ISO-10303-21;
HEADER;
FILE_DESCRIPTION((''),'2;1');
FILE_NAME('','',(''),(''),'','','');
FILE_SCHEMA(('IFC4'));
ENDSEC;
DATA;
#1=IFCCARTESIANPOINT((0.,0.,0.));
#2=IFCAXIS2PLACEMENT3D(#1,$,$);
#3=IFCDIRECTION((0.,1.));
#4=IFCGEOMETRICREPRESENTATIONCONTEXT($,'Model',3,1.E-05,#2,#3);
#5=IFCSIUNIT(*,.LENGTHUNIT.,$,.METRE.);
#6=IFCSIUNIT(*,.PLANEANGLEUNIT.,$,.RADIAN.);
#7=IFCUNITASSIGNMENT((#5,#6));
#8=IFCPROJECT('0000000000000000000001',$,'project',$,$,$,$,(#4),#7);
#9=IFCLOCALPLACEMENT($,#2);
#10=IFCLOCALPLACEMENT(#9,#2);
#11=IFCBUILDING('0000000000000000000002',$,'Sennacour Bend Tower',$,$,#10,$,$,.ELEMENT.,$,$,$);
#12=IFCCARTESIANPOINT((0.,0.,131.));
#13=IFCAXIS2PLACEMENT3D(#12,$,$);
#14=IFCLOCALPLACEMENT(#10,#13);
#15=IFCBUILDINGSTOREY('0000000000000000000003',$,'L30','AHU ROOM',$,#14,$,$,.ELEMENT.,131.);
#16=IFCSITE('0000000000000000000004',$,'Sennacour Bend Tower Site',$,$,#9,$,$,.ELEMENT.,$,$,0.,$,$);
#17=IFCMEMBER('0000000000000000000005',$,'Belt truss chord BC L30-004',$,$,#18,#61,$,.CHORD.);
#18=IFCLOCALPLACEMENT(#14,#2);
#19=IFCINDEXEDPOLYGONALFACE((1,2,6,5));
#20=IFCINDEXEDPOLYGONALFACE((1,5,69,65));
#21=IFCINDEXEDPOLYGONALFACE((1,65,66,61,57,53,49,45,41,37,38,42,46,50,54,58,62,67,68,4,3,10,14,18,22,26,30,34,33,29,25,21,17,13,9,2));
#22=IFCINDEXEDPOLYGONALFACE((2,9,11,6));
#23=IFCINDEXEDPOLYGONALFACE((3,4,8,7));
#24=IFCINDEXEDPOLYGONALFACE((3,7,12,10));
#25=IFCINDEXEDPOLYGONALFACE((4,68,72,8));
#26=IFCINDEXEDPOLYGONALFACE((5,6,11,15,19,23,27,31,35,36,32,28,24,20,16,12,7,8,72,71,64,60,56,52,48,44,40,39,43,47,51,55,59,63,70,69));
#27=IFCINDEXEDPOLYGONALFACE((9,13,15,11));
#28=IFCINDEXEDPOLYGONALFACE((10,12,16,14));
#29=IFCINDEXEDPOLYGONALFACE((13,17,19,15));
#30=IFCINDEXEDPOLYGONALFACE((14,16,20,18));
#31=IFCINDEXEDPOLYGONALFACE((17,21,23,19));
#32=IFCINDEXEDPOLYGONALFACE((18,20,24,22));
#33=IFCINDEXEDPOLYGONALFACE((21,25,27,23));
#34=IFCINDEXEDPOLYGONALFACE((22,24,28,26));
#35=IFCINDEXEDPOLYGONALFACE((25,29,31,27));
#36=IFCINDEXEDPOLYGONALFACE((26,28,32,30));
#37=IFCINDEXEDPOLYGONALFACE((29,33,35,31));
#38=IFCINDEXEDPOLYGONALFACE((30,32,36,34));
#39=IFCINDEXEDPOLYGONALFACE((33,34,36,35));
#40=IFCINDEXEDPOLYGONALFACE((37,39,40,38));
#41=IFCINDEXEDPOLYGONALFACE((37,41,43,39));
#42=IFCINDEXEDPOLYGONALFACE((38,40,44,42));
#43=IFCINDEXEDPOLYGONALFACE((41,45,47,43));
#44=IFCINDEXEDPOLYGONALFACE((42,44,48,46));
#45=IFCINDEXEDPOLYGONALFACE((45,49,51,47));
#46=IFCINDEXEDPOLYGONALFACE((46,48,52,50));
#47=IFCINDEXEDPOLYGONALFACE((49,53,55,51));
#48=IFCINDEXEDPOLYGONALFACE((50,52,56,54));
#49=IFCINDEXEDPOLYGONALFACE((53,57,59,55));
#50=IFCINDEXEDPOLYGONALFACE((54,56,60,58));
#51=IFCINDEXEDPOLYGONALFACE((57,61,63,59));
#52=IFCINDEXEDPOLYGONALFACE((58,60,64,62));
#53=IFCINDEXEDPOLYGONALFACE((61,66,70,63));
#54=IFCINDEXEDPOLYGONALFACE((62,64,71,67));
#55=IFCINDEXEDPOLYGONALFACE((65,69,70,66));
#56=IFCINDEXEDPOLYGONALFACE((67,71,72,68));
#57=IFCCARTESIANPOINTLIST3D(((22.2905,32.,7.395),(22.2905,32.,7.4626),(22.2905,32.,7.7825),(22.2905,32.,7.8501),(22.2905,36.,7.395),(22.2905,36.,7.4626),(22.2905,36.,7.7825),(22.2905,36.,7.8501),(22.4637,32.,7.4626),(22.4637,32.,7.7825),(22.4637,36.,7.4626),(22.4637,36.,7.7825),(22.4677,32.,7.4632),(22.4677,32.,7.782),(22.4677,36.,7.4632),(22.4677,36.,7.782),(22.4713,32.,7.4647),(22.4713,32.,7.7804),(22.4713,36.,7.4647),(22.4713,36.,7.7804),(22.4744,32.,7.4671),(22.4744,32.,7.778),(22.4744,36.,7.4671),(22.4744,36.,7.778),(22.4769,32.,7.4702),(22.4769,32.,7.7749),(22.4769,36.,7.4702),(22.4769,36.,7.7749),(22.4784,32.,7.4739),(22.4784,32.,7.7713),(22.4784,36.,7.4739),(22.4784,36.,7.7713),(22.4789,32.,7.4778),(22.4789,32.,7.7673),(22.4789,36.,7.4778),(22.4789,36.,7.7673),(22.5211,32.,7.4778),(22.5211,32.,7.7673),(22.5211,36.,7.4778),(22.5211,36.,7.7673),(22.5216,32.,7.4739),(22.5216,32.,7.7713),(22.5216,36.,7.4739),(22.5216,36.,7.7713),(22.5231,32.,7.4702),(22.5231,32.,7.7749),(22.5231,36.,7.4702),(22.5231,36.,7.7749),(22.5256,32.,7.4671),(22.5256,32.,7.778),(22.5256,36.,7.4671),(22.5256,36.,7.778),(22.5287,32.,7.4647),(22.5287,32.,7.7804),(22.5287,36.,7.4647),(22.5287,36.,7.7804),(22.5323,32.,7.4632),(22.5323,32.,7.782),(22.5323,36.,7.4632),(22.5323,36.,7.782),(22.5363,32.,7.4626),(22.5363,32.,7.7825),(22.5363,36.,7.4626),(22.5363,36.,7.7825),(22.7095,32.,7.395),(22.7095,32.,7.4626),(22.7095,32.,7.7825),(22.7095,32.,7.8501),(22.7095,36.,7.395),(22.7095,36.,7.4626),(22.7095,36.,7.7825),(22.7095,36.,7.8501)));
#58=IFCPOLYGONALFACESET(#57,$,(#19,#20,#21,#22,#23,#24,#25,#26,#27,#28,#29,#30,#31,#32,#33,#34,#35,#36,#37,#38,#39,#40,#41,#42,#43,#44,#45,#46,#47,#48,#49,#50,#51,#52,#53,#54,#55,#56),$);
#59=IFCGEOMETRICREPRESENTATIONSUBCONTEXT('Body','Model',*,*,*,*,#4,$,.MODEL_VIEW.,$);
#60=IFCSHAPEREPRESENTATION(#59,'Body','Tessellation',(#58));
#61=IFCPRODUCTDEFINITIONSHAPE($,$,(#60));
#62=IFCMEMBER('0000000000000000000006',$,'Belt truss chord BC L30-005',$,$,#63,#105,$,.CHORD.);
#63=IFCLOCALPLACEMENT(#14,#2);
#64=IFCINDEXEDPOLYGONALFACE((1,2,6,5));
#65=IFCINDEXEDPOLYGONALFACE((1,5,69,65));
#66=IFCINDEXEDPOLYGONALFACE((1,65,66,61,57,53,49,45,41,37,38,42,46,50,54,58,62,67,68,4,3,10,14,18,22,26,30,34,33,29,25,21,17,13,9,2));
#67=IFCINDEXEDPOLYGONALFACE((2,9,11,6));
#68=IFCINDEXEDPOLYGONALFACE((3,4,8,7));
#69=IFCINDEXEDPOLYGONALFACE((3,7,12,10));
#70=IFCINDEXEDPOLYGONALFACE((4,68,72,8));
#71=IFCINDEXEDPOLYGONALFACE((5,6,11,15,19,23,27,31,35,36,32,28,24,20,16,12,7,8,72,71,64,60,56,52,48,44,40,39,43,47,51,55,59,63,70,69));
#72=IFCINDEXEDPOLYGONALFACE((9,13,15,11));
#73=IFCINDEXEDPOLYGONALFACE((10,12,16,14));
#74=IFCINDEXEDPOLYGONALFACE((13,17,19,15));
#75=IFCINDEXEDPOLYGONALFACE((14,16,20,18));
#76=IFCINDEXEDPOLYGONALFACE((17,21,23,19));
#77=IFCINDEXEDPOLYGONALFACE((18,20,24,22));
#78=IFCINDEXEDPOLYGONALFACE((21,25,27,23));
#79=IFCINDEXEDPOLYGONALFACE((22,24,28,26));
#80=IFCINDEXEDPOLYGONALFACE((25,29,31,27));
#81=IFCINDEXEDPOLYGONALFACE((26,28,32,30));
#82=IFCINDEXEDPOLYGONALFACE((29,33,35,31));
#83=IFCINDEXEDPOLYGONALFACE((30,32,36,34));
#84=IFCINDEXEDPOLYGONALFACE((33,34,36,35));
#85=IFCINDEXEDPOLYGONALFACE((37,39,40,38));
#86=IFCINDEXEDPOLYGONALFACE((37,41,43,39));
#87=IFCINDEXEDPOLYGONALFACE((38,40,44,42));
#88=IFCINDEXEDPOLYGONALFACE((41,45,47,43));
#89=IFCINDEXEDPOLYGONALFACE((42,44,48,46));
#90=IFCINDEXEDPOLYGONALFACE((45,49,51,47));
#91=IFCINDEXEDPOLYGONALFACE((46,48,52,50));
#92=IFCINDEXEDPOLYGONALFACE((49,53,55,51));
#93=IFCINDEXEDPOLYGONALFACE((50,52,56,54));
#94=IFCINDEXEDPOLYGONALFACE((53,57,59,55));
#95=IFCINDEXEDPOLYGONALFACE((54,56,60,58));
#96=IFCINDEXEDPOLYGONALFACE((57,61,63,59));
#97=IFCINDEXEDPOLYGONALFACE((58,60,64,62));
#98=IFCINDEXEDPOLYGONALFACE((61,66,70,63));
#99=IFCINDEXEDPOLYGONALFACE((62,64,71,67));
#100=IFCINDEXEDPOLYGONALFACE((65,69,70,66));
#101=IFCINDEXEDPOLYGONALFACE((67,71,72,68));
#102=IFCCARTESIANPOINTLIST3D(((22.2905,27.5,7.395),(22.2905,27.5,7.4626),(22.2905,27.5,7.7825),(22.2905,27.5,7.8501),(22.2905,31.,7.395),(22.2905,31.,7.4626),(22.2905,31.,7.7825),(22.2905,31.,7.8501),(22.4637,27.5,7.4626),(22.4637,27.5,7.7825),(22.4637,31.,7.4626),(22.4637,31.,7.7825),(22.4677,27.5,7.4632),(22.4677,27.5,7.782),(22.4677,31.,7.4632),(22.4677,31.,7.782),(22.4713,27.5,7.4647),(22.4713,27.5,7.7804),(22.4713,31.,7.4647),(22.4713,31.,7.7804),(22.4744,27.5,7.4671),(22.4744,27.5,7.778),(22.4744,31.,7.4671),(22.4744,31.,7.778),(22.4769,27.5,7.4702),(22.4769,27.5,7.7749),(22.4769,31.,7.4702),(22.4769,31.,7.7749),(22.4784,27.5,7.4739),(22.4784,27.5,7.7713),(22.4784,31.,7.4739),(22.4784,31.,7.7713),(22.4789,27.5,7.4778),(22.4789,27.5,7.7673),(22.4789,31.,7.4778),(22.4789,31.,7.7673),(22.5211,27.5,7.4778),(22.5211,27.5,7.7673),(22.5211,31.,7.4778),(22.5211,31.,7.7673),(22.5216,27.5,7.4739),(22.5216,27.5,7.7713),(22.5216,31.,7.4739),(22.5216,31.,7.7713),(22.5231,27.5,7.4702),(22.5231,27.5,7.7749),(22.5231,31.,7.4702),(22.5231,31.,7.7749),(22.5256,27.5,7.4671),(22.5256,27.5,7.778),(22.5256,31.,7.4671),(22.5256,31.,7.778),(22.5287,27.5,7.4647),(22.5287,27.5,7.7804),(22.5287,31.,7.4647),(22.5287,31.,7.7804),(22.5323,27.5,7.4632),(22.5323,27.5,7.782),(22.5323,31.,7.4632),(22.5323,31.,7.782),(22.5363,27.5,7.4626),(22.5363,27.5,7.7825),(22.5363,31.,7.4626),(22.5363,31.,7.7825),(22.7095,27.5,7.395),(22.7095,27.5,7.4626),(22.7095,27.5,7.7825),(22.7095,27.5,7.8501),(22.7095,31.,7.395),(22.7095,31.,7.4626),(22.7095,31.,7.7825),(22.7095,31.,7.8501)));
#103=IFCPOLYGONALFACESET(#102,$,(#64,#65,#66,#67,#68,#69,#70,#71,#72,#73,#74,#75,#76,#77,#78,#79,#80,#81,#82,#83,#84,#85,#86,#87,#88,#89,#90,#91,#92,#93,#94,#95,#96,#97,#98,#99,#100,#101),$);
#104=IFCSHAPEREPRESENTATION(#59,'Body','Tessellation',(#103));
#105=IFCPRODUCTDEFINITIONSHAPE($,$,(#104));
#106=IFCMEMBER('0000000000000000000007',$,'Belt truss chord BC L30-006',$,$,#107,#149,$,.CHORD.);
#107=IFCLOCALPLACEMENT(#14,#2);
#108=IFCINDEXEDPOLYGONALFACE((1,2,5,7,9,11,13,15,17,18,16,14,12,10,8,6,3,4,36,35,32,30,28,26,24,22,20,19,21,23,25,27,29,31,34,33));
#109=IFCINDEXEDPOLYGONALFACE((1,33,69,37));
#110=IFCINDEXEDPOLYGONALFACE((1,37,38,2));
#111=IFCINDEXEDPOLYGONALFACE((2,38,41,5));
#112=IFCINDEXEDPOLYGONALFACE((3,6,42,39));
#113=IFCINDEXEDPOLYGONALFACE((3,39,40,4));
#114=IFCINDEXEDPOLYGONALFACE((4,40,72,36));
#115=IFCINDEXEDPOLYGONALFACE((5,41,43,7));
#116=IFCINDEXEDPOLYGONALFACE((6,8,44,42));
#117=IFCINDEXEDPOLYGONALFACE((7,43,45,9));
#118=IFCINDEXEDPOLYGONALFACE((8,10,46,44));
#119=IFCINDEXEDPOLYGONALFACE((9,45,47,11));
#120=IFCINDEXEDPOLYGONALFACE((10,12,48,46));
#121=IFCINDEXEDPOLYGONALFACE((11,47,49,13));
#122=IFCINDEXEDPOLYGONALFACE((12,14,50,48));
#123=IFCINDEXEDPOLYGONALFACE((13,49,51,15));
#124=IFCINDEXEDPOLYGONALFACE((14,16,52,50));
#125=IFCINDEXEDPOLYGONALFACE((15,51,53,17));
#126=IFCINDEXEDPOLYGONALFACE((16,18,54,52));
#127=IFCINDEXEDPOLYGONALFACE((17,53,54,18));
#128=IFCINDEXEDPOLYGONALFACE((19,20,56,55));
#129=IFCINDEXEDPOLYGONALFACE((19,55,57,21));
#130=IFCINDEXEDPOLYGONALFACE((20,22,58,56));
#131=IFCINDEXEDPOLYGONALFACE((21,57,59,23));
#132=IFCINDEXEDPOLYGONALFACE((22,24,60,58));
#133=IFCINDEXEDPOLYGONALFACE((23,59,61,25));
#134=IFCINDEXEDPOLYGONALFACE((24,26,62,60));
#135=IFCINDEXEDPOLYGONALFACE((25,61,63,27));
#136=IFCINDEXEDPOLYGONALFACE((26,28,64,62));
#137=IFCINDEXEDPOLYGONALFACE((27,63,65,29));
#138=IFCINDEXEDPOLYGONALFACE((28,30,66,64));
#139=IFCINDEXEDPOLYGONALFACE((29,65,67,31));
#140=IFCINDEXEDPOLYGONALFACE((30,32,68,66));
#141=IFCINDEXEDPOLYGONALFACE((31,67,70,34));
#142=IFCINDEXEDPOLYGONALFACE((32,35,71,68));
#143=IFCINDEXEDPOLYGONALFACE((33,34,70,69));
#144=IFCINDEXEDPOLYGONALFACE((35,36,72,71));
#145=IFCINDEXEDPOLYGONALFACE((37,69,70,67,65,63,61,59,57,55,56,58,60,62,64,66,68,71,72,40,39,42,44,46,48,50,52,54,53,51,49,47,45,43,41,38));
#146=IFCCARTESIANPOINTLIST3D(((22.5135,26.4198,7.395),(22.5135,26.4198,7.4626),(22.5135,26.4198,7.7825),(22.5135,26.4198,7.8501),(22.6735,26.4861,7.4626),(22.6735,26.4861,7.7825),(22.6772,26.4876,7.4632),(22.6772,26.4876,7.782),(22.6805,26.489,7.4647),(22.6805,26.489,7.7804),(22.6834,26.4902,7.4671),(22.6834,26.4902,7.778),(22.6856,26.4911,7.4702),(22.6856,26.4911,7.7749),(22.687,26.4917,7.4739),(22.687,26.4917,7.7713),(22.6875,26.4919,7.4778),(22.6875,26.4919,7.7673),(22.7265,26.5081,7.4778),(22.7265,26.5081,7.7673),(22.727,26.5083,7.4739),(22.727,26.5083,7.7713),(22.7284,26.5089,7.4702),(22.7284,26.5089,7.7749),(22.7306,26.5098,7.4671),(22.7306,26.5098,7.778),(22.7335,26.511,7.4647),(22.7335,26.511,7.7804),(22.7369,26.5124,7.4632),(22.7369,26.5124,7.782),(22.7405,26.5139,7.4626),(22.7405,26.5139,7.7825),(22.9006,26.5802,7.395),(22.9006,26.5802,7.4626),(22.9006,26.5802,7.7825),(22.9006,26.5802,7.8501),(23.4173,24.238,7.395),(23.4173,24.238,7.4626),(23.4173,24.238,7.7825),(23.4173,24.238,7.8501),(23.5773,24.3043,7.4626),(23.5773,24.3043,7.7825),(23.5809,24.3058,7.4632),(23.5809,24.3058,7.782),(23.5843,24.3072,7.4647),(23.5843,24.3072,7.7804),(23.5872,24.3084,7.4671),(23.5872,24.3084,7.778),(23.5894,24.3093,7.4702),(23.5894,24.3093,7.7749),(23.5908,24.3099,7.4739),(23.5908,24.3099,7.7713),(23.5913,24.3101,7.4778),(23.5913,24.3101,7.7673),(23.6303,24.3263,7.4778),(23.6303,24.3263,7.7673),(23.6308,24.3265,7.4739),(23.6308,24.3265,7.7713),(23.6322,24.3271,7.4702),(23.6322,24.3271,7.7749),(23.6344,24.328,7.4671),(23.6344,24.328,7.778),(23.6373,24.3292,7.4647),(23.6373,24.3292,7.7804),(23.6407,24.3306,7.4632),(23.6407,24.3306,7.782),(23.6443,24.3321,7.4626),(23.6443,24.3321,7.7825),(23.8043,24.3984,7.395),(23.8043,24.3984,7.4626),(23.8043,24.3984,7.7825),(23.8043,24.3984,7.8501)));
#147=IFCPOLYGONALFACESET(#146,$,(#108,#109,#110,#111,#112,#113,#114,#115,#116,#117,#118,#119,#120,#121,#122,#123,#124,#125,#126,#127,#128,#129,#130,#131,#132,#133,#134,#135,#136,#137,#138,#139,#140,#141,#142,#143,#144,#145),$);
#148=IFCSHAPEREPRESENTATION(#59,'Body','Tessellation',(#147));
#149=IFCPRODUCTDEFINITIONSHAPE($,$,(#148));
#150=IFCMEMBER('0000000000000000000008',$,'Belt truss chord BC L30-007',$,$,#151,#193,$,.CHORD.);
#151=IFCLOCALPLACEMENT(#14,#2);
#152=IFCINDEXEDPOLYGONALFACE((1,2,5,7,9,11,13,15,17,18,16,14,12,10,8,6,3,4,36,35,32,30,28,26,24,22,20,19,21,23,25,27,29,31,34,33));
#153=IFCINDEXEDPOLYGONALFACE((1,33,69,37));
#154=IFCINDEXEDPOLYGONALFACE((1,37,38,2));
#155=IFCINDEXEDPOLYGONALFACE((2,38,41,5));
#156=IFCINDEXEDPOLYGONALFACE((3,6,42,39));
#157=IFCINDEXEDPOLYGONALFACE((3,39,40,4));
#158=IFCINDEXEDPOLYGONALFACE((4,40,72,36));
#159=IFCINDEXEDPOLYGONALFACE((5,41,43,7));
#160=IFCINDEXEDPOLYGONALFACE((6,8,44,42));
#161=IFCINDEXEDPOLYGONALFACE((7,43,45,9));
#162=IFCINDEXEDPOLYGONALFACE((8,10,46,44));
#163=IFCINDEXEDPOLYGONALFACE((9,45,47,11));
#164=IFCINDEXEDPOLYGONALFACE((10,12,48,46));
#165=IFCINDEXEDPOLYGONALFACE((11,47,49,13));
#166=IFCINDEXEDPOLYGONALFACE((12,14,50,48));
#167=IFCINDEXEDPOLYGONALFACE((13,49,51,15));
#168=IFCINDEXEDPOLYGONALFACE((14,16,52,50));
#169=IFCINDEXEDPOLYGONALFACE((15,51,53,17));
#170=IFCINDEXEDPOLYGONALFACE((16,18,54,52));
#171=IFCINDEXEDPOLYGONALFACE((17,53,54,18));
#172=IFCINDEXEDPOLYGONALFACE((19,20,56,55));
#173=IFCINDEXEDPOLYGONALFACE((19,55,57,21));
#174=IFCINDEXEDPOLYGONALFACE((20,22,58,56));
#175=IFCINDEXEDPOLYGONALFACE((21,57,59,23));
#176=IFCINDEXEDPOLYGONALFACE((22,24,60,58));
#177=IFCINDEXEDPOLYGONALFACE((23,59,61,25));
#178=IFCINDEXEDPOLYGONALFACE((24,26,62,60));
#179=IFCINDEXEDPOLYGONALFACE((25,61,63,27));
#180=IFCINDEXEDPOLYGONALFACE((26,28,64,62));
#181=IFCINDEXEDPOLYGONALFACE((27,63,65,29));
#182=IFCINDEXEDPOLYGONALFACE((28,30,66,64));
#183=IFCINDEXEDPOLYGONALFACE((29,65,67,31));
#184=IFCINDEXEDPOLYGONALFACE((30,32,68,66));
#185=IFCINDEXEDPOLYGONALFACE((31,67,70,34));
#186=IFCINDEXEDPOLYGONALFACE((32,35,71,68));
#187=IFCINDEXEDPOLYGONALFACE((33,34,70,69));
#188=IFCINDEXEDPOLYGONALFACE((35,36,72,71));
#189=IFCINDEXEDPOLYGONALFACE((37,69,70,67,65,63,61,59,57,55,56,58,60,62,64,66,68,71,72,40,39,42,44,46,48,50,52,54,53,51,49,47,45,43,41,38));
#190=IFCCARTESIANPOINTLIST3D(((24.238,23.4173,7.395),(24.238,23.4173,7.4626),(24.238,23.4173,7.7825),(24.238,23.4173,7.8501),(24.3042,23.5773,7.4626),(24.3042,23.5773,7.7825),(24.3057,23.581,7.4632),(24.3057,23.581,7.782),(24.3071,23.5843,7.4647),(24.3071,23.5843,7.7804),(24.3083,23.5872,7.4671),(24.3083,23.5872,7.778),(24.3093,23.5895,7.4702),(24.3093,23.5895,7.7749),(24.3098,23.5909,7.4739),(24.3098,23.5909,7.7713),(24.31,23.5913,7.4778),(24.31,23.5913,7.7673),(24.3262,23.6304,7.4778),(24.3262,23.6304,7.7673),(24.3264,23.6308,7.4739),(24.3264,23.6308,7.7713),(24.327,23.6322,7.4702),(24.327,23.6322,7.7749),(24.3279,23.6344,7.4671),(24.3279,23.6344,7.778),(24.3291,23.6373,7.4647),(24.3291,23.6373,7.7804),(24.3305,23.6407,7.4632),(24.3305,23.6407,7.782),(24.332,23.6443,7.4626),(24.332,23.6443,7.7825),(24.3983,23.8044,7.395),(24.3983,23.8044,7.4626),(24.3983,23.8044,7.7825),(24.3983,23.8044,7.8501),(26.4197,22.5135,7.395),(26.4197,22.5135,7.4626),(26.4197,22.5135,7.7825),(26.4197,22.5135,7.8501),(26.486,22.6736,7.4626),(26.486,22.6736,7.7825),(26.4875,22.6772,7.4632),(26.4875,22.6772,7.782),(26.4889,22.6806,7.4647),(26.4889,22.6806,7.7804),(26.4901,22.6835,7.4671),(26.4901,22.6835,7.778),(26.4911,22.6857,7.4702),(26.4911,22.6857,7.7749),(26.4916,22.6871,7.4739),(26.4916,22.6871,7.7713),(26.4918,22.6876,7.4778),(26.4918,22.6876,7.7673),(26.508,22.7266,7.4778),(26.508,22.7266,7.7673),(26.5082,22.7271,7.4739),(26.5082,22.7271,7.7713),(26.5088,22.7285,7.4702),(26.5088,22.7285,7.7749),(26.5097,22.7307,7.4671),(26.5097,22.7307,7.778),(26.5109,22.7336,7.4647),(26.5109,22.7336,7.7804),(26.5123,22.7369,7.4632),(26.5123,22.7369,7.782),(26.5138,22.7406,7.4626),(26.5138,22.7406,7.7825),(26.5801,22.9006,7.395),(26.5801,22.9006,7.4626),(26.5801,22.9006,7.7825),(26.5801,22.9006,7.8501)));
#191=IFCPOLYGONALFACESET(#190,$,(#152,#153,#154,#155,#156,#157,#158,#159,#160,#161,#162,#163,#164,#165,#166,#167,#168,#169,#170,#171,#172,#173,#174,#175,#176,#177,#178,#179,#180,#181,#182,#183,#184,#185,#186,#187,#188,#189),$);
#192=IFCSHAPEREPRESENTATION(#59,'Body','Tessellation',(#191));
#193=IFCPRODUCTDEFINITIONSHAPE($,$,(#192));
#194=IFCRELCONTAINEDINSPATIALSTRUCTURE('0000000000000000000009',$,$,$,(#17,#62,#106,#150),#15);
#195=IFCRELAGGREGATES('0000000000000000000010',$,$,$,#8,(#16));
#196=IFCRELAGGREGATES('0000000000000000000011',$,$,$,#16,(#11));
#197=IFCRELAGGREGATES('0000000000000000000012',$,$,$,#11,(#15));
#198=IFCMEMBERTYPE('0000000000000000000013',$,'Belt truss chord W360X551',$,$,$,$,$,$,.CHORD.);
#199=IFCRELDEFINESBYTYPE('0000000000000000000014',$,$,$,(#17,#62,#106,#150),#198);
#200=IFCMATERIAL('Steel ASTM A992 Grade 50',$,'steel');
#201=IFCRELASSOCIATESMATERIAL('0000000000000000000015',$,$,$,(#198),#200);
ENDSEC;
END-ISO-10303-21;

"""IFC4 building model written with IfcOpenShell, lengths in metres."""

from ifc_helpers import new_model, si_unit, direction, frame, origin, origin_2d, place, context, subcontext, project, spatial, i_section, extrude, material, material_profile, profile_set, type_object, element, save


model = new_model("IFC4")

# Units and contexts
model_context = context("Model", 3, precision=1e-05, world=origin(), true_north=direction((0.0, 1.0)))
body_context = subcontext(model_context, "Body", "Model", "MODEL_VIEW")
ifc_project = project(units=[si_unit("LENGTHUNIT", "METRE"), si_unit("PLANEANGLEUNIT", "RADIAN")], contexts=[model_context])

# Site, building, storey
site_placement = place(None, origin())
site = spatial("IfcSite", under=ifc_project, at=site_placement, Name="Sennacour Bend Tower Site", CompositionType="ELEMENT", RefElevation=0.0)
building_placement = place(site_placement, origin())
building = spatial("IfcBuilding", under=site, at=building_placement, Name="Sennacour Bend Tower", CompositionType="ELEMENT")
storey_placement = place(building_placement, frame((0.0, 0.0, 131.0)))
storey = spatial("IfcBuildingStorey", under=building, at=storey_placement, Name="L30", Description="AHU ROOM", CompositionType="ELEMENT", Elevation=131.0)

# Members
ifc_material_1 = material(Name="Steel ASTM A992 Grade 50", Category="steel")
ifc_material_profile_1 = material_profile(ifc_material_1, i_section(OverallWidth=0.4189, OverallDepth=0.4551, WebThickness=0.0422, FlangeThickness=0.0676, FilletRadius=0.0151, at=origin_2d()), Name="Steel ASTM A992 Grade 50", Category="steel")
ifc_profile_set_1 = profile_set([ifc_material_profile_1], Name="Steel ASTM A992 Grade 50")
member_type_1 = type_object("IfcMemberType", Name="Belt truss chord W360X551", PredefinedType="CHORD", material=ifc_profile_set_1)
member_1_placement = place(storey_placement, frame((22.5, 36.0, 7.6226), z_axis=(0.0, -1.0, 0.0), x_axis=(1.0, 0.0, 0.0)))
element("IfcMember", 1, at=member_1_placement, inside=storey, type_object=member_type_1, Name="Belt truss chord BC L30-004", PredefinedType="CHORD", context=body_context, shape_type="SweptSolid", body=[
    extrude(i_section(OverallWidth=0.4189, OverallDepth=0.4551, WebThickness=0.0422, FlangeThickness=0.0676, FilletRadius=0.0151, at=origin_2d()), origin(), (0.0, 0.0, 1.0), 4.0),
])
member_2_placement = place(storey_placement, frame((22.5, 31.0, 7.6226), z_axis=(0.0, -1.0, 0.0), x_axis=(1.0, 0.0, 0.0)))
element("IfcMember", 2, at=member_2_placement, inside=storey, type_object=member_type_1, Name="Belt truss chord BC L30-005", PredefinedType="CHORD", context=body_context, shape_type="SweptSolid", body=[
    extrude(i_section(OverallWidth=0.4189, OverallDepth=0.4551, WebThickness=0.0422, FlangeThickness=0.0676, FilletRadius=0.0151, at=origin_2d()), origin(), (0.0, 0.0, 1.0), 3.5),
])
for number, where, z_axis, x_axis, name in (
    (3, (22.707, 26.5, 7.6226), (0.382699, -0.923873, 0.0), (0.923873, 0.382699, 0.0), "Belt truss chord BC L30-006"),
    (4, (24.3181, 23.6108, 7.6226), (0.923873, -0.382699, 0.0), (0.382699, 0.923873, 0.0), "Belt truss chord BC L30-007"),
):
    element("IfcMember", number, at=place(storey_placement, frame(where, z_axis=z_axis, x_axis=x_axis)), inside=storey, type_object=member_type_1, Name=name, PredefinedType="CHORD", context=body_context, shape_type="SweptSolid", body=[
        extrude(i_section(OverallWidth=0.4189, OverallDepth=0.4551, WebThickness=0.0422, FlangeThickness=0.0676, FilletRadius=0.0151, at=origin_2d()), origin(), (0.0, 0.0, 1.0), 2.3616),
    ])

save(model, "model.ifc")
